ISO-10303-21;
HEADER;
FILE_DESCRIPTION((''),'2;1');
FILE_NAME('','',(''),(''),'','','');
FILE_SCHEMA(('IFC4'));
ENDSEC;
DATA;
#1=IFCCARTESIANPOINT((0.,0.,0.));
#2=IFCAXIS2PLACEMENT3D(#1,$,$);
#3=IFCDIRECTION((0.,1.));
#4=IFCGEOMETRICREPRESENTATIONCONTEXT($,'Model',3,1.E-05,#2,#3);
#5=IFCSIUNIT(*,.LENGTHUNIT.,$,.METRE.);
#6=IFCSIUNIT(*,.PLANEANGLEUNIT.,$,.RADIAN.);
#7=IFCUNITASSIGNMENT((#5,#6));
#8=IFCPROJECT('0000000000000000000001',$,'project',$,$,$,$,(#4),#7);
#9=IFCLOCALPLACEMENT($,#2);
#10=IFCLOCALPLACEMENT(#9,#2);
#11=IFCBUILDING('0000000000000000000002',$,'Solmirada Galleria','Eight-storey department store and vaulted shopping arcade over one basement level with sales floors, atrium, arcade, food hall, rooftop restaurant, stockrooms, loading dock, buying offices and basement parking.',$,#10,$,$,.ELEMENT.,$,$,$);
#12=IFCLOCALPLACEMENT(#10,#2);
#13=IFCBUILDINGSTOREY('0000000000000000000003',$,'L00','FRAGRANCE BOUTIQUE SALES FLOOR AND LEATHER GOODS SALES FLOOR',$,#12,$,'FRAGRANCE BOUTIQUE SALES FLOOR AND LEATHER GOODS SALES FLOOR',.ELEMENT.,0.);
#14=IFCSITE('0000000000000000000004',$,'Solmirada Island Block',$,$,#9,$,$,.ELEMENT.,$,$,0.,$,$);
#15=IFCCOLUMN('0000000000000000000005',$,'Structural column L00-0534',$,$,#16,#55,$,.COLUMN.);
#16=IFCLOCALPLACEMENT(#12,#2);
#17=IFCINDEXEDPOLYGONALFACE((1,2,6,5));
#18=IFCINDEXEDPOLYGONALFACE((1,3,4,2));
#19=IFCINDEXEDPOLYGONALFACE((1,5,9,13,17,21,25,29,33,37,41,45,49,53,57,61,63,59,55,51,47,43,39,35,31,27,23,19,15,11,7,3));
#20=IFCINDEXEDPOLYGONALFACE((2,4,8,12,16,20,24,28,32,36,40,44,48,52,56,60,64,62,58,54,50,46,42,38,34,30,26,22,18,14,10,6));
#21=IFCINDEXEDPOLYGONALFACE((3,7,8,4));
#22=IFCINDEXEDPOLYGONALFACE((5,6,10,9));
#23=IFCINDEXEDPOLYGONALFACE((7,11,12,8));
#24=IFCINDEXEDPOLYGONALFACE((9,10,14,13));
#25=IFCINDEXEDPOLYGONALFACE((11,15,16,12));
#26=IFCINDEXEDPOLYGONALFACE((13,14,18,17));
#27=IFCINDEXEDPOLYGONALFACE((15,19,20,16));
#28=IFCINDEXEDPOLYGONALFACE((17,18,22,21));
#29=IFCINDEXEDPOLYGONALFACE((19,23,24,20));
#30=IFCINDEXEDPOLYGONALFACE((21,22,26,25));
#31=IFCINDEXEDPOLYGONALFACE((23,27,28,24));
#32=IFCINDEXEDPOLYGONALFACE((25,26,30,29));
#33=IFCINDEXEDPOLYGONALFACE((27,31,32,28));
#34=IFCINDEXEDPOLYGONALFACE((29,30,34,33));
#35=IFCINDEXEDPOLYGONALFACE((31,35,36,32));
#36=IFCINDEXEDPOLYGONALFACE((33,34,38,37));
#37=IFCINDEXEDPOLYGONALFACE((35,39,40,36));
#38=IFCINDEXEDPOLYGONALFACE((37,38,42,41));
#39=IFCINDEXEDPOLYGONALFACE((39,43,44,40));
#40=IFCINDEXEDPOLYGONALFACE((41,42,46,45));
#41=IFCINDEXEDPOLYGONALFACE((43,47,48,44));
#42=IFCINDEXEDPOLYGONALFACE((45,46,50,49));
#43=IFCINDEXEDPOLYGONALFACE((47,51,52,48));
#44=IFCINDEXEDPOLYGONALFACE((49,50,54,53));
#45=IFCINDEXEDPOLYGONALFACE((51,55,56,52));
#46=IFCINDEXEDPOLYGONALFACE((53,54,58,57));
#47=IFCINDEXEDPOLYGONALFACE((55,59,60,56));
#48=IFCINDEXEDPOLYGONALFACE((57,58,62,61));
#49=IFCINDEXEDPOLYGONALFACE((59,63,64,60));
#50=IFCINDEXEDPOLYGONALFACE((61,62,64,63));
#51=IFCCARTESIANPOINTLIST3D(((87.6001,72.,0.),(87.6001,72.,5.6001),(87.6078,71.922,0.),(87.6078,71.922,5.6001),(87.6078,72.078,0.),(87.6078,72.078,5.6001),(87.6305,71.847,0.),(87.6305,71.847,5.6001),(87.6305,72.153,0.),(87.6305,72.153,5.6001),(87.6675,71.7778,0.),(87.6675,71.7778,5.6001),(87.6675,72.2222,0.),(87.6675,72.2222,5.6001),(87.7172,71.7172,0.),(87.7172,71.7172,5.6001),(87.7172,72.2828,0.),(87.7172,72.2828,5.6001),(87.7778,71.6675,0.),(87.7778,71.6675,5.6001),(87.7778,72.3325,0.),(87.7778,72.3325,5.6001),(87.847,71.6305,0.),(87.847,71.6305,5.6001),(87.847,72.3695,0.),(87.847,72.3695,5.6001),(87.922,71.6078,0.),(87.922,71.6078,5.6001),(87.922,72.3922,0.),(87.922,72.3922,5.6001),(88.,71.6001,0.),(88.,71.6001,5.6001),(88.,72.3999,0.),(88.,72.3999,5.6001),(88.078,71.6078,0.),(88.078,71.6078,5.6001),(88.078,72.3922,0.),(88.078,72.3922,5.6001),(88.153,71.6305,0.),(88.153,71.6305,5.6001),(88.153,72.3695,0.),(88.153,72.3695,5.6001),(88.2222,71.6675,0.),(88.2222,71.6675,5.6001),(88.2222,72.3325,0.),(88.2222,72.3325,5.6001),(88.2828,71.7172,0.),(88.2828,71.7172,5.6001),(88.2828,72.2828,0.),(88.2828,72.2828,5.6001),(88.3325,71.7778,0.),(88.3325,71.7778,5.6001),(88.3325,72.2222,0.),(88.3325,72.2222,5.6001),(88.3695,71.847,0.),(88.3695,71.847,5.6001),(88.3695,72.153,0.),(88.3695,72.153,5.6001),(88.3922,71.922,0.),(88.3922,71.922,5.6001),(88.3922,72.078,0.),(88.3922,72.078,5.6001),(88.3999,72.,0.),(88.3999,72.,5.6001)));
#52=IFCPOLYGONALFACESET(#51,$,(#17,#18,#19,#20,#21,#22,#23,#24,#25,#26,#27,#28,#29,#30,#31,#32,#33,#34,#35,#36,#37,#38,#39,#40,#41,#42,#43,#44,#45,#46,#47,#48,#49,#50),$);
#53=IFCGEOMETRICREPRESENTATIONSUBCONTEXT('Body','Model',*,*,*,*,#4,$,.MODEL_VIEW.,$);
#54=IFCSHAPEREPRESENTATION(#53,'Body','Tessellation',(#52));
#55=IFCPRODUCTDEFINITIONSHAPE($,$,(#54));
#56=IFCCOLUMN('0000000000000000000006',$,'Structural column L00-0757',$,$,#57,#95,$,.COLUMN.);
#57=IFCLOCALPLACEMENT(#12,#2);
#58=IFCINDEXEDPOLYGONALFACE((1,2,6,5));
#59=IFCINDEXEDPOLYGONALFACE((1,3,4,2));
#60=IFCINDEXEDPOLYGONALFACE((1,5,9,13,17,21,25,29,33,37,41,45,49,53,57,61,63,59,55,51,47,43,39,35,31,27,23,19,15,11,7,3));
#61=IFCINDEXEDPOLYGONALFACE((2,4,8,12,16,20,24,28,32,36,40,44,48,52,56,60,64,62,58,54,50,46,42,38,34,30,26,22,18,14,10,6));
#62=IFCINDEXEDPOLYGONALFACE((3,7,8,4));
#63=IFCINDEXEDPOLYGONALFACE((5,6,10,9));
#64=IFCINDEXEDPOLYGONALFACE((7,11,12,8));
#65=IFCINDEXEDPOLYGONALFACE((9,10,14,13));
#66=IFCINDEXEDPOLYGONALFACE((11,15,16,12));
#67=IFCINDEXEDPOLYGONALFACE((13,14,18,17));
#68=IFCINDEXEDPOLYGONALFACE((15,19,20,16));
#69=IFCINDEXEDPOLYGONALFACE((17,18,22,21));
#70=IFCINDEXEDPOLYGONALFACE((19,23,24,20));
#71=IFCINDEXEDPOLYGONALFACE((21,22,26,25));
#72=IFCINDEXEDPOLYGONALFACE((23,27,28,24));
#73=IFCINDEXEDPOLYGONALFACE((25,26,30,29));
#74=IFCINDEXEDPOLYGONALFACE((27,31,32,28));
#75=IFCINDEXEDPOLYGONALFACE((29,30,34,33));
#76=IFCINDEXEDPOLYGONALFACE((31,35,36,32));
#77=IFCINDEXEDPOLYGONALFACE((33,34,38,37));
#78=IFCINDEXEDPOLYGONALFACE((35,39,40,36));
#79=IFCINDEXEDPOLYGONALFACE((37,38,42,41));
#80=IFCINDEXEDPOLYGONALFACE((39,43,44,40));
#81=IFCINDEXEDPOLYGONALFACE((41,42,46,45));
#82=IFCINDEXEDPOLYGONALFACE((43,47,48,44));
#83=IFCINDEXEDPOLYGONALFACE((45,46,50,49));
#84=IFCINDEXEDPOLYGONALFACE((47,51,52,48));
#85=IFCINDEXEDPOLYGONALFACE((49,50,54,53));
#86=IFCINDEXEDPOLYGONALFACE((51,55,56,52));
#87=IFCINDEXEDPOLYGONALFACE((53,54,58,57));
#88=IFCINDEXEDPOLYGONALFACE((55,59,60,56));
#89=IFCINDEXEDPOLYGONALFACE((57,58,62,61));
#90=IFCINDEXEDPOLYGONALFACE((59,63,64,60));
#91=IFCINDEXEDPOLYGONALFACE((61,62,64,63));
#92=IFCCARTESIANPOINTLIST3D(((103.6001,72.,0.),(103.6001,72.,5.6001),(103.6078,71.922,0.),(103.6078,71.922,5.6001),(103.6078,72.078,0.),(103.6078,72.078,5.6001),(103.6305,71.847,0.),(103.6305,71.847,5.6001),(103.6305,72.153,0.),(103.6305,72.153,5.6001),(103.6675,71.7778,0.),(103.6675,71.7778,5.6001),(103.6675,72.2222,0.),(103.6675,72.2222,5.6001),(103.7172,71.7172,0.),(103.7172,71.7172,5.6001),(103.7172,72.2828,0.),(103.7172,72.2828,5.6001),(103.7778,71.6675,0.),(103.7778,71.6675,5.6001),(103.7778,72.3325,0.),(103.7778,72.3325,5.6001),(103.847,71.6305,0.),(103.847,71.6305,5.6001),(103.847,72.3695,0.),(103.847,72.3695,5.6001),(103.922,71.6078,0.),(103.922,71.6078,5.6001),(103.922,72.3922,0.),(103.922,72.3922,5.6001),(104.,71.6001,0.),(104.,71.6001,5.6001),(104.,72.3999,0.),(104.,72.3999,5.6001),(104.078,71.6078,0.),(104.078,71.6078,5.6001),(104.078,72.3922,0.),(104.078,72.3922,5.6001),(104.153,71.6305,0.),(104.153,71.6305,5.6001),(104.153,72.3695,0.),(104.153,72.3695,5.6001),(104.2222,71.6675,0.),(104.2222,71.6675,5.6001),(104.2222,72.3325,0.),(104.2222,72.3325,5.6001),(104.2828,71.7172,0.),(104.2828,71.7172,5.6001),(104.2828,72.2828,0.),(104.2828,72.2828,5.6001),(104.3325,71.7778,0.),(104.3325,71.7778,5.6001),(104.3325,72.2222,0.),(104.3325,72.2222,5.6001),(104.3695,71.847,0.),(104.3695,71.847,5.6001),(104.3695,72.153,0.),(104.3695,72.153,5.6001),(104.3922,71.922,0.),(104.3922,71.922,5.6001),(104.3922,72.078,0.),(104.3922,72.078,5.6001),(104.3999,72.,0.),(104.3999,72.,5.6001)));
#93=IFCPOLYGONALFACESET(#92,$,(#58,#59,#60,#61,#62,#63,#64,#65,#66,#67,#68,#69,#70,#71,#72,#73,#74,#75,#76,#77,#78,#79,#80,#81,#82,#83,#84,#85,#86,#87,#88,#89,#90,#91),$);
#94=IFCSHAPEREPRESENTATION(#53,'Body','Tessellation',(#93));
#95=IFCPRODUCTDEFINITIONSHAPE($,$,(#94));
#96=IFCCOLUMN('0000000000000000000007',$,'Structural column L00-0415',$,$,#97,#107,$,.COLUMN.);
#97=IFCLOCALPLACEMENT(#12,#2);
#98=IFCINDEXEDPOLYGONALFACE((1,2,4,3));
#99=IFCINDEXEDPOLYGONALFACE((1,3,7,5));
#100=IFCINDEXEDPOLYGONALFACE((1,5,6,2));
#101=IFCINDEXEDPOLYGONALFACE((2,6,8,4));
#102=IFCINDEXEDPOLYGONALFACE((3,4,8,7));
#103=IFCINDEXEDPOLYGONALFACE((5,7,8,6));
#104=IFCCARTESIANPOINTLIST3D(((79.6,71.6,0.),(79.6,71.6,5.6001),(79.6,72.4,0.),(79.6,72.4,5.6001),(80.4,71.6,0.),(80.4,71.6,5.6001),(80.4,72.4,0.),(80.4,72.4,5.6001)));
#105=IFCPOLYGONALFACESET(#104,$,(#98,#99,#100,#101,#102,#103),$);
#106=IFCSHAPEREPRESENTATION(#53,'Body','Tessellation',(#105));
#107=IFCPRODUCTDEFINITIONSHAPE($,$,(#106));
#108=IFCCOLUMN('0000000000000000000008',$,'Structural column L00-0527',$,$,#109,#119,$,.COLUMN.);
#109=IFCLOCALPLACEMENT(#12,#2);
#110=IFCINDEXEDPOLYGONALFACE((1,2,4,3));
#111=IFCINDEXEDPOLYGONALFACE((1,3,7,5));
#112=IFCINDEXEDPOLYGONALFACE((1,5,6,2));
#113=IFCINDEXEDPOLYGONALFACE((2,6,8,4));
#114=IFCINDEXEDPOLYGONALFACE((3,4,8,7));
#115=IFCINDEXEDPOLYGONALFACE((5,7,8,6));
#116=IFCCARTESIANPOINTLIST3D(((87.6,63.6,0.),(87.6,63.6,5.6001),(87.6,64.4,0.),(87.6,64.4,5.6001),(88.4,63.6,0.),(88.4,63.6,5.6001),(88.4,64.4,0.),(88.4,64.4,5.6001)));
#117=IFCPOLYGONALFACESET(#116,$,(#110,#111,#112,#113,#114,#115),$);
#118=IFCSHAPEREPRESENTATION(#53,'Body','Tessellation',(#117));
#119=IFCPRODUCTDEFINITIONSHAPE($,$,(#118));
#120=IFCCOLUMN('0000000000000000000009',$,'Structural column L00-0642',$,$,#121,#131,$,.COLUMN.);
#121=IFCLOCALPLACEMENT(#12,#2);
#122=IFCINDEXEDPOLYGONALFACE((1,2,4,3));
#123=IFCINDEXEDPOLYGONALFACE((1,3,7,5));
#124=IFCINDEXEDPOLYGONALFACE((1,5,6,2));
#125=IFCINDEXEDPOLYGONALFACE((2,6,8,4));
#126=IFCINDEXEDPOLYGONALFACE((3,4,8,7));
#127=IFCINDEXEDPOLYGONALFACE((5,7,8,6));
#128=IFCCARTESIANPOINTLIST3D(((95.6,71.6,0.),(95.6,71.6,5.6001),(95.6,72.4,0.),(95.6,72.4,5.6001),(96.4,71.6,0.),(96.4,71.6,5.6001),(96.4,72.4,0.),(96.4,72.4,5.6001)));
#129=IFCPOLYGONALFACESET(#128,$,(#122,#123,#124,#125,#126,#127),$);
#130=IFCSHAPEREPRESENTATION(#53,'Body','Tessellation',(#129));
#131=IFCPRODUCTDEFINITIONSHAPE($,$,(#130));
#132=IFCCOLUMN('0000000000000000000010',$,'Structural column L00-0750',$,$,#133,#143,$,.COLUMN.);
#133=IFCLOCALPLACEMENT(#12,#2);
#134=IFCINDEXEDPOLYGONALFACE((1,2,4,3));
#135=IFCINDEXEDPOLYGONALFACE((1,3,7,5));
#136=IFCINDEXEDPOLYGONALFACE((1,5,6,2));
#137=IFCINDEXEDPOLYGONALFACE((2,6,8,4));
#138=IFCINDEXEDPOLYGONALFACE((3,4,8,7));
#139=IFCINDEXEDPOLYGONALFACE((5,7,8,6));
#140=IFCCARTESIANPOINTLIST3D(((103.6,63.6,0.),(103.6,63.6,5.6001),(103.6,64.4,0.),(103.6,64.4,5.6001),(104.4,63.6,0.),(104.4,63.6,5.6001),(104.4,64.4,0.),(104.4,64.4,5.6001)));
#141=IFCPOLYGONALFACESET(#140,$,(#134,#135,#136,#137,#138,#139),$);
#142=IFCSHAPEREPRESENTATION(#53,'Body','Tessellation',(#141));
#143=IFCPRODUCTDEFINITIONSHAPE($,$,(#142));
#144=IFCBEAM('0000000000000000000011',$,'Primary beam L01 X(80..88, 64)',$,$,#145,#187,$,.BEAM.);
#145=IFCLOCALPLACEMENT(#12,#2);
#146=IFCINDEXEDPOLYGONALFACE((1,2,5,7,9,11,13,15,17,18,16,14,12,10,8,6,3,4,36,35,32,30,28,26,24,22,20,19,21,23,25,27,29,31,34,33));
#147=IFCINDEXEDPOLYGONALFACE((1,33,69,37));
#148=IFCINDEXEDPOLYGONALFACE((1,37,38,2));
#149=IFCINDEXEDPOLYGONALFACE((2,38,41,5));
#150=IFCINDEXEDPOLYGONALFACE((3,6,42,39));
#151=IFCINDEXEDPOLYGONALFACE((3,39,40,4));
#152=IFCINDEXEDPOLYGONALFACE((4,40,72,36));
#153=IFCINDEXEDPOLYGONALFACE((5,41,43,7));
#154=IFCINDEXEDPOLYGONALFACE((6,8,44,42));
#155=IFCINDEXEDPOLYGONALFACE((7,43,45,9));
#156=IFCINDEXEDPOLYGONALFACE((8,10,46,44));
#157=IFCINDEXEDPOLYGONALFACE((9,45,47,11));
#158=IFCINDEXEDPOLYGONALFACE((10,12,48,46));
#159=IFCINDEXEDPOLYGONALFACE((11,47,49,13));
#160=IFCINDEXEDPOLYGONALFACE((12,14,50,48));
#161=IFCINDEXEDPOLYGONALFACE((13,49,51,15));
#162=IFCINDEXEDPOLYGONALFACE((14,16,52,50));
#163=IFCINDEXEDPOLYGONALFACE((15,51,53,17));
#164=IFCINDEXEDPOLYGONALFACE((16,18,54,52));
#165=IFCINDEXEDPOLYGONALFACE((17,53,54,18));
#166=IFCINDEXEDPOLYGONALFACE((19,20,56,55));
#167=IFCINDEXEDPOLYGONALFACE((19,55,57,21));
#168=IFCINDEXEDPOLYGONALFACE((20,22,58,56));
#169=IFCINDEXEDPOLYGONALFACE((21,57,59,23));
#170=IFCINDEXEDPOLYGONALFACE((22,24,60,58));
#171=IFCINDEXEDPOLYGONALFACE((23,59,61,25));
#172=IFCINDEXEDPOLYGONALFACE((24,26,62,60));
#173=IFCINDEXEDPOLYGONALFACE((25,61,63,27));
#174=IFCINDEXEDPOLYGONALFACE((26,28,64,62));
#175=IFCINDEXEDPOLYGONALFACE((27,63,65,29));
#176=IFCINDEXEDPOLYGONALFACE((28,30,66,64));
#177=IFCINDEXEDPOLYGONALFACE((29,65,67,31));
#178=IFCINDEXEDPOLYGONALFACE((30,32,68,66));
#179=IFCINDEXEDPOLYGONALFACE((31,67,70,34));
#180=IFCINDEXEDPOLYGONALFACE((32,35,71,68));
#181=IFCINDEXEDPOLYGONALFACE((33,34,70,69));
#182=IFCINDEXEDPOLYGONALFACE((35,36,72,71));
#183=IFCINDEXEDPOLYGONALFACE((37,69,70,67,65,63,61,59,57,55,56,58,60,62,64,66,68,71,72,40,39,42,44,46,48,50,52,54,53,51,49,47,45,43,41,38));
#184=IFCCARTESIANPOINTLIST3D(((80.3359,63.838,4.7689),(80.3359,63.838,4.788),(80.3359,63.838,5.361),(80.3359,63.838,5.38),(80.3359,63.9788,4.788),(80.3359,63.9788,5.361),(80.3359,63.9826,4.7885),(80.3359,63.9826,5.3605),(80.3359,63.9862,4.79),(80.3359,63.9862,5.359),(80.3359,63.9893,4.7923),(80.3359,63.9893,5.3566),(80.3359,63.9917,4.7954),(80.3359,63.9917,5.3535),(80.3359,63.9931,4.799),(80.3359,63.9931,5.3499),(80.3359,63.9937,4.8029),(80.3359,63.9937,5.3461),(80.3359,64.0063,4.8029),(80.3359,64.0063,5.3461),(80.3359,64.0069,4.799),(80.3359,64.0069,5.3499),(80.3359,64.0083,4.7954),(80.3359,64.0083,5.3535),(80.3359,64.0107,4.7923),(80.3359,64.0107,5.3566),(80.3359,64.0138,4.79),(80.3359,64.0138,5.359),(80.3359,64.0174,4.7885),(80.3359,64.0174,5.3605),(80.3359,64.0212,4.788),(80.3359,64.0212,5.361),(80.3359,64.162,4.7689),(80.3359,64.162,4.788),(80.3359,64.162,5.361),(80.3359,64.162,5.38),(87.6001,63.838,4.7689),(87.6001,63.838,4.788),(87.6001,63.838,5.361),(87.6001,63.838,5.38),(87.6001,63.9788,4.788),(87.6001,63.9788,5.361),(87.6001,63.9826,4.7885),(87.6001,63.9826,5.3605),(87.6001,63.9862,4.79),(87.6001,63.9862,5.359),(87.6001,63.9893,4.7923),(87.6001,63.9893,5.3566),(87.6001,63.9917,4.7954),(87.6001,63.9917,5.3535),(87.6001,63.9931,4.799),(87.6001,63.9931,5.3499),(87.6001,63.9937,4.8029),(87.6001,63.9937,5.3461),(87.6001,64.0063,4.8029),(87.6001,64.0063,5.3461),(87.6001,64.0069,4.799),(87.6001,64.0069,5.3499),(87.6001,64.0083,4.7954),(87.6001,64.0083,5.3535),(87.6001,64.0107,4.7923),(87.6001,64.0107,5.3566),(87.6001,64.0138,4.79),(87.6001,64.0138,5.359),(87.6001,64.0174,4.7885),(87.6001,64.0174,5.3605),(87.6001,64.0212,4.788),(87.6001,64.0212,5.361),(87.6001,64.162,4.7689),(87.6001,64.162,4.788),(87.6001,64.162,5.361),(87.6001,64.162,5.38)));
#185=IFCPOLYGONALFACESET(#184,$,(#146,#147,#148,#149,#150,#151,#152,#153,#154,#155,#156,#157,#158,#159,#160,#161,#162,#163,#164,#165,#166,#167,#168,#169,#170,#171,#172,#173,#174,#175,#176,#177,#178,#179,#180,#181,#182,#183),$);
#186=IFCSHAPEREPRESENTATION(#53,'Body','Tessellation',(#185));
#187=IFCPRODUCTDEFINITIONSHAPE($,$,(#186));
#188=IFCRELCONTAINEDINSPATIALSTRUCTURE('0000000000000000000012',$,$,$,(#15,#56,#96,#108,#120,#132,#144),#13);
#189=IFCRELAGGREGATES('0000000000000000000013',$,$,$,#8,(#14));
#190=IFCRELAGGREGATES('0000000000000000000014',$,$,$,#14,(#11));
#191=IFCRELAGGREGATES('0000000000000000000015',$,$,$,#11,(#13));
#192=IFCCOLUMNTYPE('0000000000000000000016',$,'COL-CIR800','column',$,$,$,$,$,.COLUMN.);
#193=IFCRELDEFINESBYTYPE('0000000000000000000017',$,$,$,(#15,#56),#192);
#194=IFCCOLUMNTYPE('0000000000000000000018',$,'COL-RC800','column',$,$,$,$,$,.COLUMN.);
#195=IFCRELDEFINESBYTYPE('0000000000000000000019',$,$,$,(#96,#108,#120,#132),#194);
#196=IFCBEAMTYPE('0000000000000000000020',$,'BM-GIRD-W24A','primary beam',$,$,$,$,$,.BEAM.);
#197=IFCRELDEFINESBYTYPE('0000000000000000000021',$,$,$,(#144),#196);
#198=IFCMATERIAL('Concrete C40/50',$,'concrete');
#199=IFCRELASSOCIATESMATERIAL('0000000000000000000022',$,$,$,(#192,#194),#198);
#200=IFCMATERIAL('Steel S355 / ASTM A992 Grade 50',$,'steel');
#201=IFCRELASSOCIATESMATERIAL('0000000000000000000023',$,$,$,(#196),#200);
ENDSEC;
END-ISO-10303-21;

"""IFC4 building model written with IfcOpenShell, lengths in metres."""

from ifc_helpers import new_model, si_unit, direction, frame, origin, origin_2d, place, context, subcontext, project, spatial, rectangle, circle, i_section, extrude, material, material_profile, profile_set, type_object, element, save


model = new_model("IFC4")

# Units and contexts
model_context = context("Model", 3, precision=1e-05, world=origin(), true_north=direction((0.0, 1.0)))
body_context = subcontext(model_context, "Body", "Model", "MODEL_VIEW")
ifc_project = project(units=[si_unit("LENGTHUNIT", "METRE"), si_unit("PLANEANGLEUNIT", "RADIAN")], contexts=[model_context])

# Site, building, storey
site_placement = place(None, origin())
site = spatial("IfcSite", under=ifc_project, at=site_placement, Name="Solmirada Island Block", CompositionType="ELEMENT", RefElevation=0.0)
building_placement = place(site_placement, origin())
building = spatial("IfcBuilding", under=site, at=building_placement, Name="Solmirada Galleria", Description="Eight-storey department store and vaulted shopping arcade over one basement level with sales floors, atrium, arcade, food hall, rooftop restaurant, stockrooms, loading dock, buying offices and basement parking.", CompositionType="ELEMENT")
storey_placement = place(building_placement, origin())
storey = spatial("IfcBuildingStorey", under=building, at=storey_placement, Name="L00", Description="FRAGRANCE BOUTIQUE SALES FLOOR AND LEATHER GOODS SALES FLOOR", LongName="FRAGRANCE BOUTIQUE SALES FLOOR AND LEATHER GOODS SALES FLOOR", CompositionType="ELEMENT", Elevation=0.0)

# Columns
ifc_material_1 = material(Name="Concrete C40/50", Category="concrete")
ifc_material_profile_1 = material_profile(ifc_material_1, circle(Radius=0.3999, at=origin_2d()), Name="RCCOL800")
ifc_profile_set_1 = profile_set([ifc_material_profile_1], Name="Concrete C40/50")
column_type_1 = type_object("IfcColumnType", Name="COL-CIR800", Description="column", PredefinedType="COLUMN", material=ifc_profile_set_1)
for number, where, z_axis, x_axis, name in (
    (1, (88.0, 72.0, 0.0), (0.0, 0.0, 1.0), (1.0, 0.0, 0.0), "Structural column L00-0534"),
    (2, (104.0, 72.0, 0.0), (0.0, 0.0, 1.0), (1.0, 0.0, 0.0), "Structural column L00-0757"),
):
    element("IfcColumn", number, at=place(storey_placement, frame(where, z_axis=z_axis, x_axis=x_axis)), inside=storey, type_object=column_type_1, Name=name, PredefinedType="COLUMN", context=body_context, shape_type="SweptSolid", body=[
        extrude(circle(Radius=0.3999, at=origin_2d()), origin(), (0.0, 0.0, 1.0), 5.6001),
    ])
ifc_material_profile_2 = material_profile(ifc_material_1, rectangle(XDim=0.8, YDim=0.8, at=origin_2d()), Name="RC800X800")
ifc_profile_set_2 = profile_set([ifc_material_profile_2], Name="Concrete C40/50")
column_type_2 = type_object("IfcColumnType", Name="COL-RC800", Description="column", PredefinedType="COLUMN", material=ifc_profile_set_2)
for number, where, z_axis, x_axis, name in (
    (3, (80.0, 72.0, 0.0), (0.0, 0.0, 1.0), (1.0, 0.0, 0.0), "Structural column L00-0415"),
    (4, (88.0, 64.0, 0.0), (0.0, 0.0, 1.0), (1.0, 0.0, 0.0), "Structural column L00-0527"),
    (5, (96.0, 72.0, 0.0), (0.0, 0.0, 1.0), (1.0, 0.0, 0.0), "Structural column L00-0642"),
    (6, (104.0, 64.0, 0.0), (0.0, 0.0, 1.0), (1.0, 0.0, 0.0), "Structural column L00-0750"),
):
    element("IfcColumn", number, at=place(storey_placement, frame(where, z_axis=z_axis, x_axis=x_axis)), inside=storey, type_object=column_type_2, Name=name, PredefinedType="COLUMN", context=body_context, shape_type="SweptSolid", body=[
        extrude(rectangle(XDim=0.8, YDim=0.8, at=origin_2d()), origin(), (0.0, 0.0, 1.0), 5.6001),
    ])

# Beam
ifc_material_2 = material(Name="Steel S355 / ASTM A992 Grade 50", Category="steel")
ifc_material_profile_3 = material_profile(ifc_material_2, i_section(OverallWidth=0.324, OverallDepth=0.6111, WebThickness=0.0127, FlangeThickness=0.019, FilletRadius=0.0149, at=origin_2d()), Name="W24X104")
ifc_profile_set_3 = profile_set([ifc_material_profile_3], Name="Steel S355 / ASTM A992 Grade 50")
beam_type_1 = type_object("IfcBeamType", Name="BM-GIRD-W24A", Description="primary beam", PredefinedType="BEAM", material=ifc_profile_set_3)
beam_1_placement = place(storey_placement, frame((80.3359, 64.0, 5.0745), z_axis=(1.0, 0.0, 0.0), x_axis=(0.0, 1.0, 0.0)))
element("IfcBeam", 7, at=beam_1_placement, inside=storey, type_object=beam_type_1, Name="Primary beam L01 X(80..88, 64)", PredefinedType="BEAM", context=body_context, shape_type="SweptSolid", body=[
    extrude(i_section(OverallWidth=0.324, OverallDepth=0.6111, WebThickness=0.0127, FlangeThickness=0.019, FilletRadius=0.0149, at=origin_2d()), origin(), (0.0, 0.0, 1.0), 7.2642),
])

save(model, "model.ifc")
